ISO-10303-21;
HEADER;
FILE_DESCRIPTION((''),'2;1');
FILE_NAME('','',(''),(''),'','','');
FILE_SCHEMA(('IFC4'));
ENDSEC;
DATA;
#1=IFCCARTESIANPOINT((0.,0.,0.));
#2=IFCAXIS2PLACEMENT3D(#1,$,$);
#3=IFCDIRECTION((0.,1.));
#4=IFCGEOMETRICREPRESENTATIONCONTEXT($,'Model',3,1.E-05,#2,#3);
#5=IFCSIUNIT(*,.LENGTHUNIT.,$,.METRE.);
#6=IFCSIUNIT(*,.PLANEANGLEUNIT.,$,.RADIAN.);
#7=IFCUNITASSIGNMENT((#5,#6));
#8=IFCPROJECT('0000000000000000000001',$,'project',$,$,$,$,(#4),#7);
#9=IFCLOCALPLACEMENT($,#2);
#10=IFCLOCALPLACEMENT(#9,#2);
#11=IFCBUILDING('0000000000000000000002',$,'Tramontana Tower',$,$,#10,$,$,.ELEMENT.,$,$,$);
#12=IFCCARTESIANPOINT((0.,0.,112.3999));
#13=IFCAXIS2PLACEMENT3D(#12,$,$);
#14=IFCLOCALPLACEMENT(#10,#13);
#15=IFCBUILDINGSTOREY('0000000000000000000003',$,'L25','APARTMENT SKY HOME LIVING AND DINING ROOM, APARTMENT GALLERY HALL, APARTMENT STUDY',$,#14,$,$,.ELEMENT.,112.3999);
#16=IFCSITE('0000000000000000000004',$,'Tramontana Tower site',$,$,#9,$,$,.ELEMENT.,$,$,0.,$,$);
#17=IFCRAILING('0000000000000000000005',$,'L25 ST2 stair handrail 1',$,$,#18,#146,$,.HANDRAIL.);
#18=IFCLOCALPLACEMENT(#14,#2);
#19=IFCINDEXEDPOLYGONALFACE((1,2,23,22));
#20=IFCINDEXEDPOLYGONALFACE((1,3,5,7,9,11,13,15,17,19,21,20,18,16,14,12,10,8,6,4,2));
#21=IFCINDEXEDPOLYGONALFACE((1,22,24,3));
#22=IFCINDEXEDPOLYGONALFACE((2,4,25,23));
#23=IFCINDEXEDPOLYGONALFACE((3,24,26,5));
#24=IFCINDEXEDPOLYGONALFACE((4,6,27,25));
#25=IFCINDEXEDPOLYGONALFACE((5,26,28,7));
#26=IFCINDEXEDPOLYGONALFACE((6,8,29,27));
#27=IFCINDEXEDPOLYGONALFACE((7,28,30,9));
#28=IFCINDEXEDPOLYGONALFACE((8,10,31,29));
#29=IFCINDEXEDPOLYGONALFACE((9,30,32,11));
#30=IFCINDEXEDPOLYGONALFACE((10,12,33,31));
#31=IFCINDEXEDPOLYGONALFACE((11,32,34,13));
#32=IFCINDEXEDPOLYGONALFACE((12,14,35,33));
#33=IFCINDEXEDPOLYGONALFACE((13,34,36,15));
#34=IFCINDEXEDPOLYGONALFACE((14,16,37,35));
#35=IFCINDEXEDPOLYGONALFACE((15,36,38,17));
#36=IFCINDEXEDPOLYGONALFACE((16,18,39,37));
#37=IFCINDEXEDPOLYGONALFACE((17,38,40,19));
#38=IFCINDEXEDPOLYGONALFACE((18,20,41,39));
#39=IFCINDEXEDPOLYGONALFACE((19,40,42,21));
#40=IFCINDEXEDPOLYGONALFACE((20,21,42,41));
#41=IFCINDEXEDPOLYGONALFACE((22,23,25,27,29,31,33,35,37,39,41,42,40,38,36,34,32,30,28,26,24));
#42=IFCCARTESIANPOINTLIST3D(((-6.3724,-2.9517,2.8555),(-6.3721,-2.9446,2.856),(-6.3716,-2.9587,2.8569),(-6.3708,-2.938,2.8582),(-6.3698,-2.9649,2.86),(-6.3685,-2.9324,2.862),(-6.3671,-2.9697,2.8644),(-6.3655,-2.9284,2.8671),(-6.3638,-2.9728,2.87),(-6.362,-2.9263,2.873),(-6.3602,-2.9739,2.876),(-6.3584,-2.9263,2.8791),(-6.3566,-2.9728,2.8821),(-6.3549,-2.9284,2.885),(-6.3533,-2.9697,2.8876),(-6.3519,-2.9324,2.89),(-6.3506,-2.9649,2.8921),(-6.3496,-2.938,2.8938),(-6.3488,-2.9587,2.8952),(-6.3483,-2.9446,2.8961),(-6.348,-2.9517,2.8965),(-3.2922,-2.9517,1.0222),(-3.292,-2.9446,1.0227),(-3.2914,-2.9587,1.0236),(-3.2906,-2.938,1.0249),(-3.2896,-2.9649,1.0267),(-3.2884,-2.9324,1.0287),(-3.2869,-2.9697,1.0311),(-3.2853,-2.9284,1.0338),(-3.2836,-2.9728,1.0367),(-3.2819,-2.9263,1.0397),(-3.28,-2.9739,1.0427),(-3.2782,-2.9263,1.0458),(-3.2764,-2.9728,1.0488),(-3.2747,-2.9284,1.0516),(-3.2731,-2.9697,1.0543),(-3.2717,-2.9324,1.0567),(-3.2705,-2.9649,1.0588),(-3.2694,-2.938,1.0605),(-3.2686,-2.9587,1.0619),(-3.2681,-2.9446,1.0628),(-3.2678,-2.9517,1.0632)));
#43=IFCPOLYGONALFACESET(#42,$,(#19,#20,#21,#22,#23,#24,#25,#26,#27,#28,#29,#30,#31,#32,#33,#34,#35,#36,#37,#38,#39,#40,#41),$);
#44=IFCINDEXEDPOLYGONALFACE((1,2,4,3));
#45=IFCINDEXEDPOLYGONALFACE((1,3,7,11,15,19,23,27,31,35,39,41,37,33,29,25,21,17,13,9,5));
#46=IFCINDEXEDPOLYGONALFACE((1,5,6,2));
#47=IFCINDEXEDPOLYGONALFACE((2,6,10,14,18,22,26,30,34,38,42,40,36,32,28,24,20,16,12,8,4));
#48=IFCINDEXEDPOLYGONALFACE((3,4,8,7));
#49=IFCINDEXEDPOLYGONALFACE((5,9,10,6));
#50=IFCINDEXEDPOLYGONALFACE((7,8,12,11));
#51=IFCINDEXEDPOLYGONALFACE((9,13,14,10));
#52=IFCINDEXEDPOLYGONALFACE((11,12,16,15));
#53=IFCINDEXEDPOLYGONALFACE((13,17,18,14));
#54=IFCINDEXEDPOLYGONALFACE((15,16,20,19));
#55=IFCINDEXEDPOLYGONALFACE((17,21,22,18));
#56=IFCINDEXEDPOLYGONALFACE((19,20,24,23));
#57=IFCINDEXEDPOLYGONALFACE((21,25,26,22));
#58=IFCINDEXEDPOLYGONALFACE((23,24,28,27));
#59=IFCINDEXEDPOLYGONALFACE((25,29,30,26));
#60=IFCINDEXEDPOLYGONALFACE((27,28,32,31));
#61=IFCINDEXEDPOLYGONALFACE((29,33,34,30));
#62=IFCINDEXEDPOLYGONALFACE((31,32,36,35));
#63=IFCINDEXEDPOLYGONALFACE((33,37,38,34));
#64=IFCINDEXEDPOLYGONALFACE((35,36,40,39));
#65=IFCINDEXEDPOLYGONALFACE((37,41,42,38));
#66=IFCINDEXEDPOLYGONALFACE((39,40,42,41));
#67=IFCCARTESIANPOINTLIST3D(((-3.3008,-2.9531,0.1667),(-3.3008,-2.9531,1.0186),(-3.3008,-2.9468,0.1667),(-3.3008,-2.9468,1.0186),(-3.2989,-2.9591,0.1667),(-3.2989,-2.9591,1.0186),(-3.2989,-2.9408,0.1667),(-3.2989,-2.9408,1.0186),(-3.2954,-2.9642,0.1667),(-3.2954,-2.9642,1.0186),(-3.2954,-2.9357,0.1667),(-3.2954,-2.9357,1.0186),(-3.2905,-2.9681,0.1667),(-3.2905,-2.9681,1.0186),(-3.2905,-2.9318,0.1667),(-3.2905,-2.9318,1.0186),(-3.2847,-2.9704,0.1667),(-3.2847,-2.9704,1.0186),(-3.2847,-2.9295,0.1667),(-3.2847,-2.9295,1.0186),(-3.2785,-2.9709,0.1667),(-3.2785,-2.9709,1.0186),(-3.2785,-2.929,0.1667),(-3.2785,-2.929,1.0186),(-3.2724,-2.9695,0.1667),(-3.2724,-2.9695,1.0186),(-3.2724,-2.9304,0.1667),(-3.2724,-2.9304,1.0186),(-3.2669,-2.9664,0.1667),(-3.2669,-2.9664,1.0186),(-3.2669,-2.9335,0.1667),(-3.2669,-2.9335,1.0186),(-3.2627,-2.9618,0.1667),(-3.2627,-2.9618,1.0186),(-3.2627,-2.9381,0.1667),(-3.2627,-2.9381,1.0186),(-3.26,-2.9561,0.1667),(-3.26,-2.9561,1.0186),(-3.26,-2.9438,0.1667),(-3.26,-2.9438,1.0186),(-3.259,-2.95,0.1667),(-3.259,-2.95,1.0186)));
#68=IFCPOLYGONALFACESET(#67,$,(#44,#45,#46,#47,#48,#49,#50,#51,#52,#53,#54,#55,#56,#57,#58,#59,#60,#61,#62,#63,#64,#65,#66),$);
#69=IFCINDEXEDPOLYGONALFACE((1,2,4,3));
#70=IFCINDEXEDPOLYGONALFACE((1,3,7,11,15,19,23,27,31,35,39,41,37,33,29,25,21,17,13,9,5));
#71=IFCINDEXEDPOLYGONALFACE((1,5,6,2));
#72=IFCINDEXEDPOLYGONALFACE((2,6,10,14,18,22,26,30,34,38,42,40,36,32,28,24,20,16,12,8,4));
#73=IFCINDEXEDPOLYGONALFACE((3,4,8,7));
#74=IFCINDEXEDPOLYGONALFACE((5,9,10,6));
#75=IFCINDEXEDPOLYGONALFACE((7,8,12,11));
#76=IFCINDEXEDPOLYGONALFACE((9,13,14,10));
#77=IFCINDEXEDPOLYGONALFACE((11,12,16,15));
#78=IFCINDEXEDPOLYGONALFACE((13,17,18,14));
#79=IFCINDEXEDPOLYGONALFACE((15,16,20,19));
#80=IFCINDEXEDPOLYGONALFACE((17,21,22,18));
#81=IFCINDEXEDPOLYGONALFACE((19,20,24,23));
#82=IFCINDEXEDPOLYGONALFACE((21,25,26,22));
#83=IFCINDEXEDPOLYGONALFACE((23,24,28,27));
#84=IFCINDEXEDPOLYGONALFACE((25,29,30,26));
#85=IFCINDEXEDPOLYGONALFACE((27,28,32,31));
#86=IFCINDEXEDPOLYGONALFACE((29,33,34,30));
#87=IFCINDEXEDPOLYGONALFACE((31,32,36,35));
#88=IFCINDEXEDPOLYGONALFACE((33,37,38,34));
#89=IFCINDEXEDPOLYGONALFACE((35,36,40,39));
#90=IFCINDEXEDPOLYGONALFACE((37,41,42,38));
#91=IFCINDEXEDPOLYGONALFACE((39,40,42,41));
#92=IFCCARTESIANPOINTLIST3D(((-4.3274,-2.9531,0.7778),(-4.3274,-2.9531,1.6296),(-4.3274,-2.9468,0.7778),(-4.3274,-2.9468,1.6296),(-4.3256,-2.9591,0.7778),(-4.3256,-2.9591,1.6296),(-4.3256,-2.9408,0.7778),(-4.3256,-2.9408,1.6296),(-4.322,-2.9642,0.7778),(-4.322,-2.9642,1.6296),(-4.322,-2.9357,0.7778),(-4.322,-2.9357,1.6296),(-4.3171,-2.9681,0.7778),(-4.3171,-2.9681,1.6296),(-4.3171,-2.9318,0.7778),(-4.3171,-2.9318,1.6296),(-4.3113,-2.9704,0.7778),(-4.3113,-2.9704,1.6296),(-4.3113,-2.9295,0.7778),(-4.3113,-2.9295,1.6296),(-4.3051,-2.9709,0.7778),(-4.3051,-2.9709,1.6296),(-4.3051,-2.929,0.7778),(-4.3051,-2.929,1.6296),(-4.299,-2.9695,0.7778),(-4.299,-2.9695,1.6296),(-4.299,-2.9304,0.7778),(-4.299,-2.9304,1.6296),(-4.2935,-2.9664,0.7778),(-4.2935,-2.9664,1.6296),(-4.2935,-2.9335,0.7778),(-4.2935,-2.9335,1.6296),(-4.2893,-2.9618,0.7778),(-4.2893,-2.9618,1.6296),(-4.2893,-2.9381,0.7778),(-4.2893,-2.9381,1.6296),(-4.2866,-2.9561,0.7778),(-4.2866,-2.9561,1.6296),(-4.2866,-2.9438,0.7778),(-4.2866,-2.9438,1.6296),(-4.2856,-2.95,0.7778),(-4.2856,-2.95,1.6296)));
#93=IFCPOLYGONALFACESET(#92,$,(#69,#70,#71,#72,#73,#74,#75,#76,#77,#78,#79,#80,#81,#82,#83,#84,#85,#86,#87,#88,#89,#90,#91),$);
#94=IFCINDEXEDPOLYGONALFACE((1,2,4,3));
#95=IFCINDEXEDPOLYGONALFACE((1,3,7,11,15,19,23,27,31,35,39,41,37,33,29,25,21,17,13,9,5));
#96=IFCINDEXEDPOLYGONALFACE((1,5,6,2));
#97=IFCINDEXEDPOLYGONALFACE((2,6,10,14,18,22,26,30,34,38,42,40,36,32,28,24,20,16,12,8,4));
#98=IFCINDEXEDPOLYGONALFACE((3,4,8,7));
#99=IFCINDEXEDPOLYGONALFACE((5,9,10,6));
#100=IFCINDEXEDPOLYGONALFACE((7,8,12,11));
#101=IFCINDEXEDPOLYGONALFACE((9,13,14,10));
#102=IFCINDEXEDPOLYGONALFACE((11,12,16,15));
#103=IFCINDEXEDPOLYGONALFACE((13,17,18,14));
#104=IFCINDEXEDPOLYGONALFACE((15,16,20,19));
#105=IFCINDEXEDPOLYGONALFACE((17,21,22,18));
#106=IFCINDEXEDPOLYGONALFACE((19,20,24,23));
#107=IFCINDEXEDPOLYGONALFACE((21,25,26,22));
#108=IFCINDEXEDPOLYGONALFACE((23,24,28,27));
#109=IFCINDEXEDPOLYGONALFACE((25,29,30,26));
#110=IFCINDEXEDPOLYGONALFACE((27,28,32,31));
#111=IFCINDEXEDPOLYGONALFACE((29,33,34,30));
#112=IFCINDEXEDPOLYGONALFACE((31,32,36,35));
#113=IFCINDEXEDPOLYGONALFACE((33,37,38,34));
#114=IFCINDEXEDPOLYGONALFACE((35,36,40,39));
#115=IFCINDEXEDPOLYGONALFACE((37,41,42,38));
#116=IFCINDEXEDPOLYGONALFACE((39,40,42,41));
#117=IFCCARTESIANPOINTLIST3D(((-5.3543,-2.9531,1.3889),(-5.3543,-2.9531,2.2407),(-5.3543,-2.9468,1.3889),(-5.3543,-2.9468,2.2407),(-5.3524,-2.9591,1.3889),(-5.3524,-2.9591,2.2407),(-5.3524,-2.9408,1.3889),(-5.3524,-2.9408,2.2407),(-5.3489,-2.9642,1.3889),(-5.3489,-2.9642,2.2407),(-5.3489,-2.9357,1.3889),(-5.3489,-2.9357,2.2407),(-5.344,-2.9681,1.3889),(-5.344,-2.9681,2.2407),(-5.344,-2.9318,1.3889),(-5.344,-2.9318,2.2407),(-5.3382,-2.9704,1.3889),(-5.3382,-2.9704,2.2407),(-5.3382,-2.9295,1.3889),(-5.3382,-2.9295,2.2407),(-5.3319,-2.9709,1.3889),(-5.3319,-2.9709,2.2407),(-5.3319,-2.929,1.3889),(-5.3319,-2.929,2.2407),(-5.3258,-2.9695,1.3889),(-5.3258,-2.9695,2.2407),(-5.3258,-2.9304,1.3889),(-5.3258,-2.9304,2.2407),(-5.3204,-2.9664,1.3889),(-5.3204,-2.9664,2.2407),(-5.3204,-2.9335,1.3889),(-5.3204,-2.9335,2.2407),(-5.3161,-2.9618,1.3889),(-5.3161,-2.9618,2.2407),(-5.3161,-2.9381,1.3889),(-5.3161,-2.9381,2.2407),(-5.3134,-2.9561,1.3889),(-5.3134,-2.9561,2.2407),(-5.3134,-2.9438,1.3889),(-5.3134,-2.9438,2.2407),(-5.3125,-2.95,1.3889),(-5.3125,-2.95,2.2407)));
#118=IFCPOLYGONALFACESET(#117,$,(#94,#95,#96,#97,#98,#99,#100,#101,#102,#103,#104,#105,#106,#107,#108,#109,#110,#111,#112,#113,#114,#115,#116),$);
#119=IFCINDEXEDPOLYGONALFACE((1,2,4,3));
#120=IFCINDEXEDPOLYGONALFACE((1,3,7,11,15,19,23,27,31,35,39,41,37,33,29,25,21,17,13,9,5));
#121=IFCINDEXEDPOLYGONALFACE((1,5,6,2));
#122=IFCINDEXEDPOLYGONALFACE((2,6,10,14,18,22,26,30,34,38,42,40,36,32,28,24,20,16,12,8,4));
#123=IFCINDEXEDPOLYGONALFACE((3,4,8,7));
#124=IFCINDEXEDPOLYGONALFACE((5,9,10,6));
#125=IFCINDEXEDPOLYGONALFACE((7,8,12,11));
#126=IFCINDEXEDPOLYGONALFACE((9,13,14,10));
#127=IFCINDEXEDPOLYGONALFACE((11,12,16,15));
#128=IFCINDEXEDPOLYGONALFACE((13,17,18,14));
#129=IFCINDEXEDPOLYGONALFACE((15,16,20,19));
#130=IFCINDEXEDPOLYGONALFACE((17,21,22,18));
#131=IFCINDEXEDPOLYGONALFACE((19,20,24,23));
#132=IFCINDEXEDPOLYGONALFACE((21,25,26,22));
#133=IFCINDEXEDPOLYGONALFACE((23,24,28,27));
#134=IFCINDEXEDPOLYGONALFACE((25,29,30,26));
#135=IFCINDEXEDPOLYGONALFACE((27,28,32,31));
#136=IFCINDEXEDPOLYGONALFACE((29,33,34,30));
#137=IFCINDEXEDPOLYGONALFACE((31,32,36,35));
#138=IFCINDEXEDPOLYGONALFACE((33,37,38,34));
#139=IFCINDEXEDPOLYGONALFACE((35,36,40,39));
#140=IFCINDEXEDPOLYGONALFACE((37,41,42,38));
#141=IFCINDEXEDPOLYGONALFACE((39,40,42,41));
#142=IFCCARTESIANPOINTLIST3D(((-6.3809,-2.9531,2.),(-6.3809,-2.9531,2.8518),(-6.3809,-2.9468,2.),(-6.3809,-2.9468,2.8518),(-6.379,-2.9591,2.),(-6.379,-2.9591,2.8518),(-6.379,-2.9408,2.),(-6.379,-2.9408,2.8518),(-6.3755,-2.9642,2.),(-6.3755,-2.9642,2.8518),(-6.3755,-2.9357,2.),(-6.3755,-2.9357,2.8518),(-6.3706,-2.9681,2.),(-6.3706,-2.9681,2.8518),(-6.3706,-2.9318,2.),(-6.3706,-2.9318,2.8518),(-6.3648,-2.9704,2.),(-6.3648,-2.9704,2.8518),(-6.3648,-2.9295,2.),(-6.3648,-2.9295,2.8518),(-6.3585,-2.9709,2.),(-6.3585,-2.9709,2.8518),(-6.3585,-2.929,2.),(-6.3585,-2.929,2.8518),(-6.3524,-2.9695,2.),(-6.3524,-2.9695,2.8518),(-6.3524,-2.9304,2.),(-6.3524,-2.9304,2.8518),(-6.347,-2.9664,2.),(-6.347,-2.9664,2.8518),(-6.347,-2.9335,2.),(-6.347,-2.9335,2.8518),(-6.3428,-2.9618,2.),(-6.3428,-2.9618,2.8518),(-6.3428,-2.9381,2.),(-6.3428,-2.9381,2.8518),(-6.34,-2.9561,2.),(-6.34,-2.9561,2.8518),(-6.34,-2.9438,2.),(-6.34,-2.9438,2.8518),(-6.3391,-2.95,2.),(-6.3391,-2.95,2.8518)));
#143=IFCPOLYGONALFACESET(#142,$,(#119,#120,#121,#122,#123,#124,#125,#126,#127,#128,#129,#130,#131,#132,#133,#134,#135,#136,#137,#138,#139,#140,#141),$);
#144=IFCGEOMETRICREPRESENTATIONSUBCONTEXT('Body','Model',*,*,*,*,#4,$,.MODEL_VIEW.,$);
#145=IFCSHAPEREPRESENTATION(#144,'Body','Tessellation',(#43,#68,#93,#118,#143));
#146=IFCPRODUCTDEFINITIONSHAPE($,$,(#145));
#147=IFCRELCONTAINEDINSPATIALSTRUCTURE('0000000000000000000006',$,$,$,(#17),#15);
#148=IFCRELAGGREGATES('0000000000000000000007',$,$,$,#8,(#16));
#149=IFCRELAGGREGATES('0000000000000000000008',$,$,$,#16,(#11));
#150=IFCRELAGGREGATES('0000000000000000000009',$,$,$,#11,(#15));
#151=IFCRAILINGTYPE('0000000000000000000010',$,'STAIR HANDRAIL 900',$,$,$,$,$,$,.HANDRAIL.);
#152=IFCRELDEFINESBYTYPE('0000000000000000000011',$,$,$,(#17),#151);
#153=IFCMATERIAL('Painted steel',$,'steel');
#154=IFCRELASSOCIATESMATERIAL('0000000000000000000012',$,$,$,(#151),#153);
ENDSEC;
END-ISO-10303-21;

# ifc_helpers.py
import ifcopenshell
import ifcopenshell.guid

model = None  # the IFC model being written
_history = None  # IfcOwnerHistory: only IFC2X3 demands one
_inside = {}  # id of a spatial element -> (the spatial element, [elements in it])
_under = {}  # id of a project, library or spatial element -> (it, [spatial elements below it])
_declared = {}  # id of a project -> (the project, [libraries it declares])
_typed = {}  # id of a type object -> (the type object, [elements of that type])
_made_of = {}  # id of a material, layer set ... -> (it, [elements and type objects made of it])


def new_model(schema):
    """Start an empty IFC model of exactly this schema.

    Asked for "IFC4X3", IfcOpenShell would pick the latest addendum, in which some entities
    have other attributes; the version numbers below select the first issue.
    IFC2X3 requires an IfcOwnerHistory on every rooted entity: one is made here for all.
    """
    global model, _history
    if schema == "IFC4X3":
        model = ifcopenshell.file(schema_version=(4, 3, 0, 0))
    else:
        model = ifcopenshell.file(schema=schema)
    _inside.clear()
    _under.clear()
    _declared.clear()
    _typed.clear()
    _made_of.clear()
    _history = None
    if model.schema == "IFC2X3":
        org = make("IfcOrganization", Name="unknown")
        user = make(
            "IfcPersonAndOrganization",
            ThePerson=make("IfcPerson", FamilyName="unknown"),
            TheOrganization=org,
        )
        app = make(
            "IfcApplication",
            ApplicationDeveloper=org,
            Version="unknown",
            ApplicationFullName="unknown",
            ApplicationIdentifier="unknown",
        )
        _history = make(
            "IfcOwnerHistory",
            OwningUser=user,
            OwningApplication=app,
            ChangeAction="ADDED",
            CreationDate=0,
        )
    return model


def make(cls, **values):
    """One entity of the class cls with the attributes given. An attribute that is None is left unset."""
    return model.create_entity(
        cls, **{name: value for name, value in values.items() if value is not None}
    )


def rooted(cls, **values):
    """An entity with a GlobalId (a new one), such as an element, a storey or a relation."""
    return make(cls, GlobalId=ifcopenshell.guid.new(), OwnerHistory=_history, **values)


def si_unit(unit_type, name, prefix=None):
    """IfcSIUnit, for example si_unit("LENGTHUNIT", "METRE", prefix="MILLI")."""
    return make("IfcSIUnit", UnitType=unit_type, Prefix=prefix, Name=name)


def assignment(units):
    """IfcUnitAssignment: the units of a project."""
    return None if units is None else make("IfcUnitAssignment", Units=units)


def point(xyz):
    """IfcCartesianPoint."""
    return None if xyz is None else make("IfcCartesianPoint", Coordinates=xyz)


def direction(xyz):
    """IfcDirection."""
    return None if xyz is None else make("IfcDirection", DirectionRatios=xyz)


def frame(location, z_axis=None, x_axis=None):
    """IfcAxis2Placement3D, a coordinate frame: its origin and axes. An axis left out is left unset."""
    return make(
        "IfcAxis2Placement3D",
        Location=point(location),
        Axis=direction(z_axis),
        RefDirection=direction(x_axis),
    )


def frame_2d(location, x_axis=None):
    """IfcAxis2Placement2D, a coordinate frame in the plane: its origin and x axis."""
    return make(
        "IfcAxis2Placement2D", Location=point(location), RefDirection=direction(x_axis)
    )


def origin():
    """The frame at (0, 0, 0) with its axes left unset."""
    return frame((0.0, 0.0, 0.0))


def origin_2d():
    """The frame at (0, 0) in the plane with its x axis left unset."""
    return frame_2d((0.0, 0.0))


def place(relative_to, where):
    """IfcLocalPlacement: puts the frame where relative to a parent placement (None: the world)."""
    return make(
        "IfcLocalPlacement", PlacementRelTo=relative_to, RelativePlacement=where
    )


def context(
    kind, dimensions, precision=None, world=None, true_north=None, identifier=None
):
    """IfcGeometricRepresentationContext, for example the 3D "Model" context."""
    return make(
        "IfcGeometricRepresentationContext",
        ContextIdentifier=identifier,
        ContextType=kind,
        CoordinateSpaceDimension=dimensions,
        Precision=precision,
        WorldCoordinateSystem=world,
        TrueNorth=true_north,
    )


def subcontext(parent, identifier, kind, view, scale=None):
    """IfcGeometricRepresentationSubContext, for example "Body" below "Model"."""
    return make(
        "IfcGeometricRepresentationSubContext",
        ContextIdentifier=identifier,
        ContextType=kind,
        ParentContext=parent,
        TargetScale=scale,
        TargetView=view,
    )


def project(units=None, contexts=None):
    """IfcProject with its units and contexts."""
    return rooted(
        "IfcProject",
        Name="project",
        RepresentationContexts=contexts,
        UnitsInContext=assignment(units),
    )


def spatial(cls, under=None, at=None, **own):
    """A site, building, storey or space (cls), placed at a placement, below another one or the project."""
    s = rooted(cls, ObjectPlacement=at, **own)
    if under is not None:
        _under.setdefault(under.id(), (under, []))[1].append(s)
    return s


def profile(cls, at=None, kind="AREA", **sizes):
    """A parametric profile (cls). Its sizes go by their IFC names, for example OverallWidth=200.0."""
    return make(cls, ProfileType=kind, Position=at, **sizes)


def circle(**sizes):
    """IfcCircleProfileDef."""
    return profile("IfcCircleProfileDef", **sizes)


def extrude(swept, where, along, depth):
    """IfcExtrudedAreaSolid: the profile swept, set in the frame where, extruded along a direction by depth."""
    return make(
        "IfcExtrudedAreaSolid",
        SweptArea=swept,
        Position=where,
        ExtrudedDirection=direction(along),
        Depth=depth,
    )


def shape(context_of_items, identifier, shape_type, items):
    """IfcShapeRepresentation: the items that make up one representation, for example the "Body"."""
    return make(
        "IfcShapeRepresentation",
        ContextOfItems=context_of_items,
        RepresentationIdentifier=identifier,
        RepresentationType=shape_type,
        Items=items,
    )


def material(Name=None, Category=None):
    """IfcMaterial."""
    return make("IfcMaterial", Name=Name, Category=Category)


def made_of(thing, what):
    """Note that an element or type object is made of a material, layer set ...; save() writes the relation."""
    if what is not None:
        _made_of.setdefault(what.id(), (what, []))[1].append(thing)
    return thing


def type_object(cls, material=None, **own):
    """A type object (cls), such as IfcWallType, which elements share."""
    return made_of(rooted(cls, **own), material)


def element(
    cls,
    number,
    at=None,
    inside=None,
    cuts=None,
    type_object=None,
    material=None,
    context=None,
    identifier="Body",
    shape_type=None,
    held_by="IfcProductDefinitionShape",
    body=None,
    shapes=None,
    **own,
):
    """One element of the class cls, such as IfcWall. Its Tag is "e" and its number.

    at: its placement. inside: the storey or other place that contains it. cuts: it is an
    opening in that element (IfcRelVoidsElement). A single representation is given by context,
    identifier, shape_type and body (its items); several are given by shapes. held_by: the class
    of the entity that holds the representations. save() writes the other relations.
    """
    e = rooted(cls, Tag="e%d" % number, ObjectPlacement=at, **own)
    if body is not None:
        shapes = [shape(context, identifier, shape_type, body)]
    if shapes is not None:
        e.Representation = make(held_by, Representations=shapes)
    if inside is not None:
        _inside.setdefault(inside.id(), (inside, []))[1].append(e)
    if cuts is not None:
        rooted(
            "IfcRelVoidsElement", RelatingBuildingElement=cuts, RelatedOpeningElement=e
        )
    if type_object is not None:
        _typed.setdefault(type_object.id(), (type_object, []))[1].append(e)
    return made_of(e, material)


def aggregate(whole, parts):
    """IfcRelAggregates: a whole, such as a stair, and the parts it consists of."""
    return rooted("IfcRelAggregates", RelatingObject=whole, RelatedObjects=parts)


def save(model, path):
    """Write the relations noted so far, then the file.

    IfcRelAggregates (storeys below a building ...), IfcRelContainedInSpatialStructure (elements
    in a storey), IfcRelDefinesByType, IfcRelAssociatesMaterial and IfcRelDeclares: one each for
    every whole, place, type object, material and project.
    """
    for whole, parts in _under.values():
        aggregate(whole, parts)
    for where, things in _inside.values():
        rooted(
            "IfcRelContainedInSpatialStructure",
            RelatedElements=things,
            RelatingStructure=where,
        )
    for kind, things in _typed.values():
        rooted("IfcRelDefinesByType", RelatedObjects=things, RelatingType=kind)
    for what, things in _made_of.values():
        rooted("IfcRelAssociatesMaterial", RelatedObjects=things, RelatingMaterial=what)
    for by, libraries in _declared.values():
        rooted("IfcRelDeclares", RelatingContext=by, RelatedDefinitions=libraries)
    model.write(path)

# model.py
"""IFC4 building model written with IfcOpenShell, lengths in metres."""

from ifc_helpers import new_model, si_unit, direction, frame, origin, origin_2d, place, context, subcontext, project, spatial, circle, extrude, material, type_object, element, save


model = new_model("IFC4")

# Units and contexts
model_context = context("Model", 3, precision=1e-05, world=origin(), true_north=direction((0.0, 1.0)))
body_context = subcontext(model_context, "Body", "Model", "MODEL_VIEW")
ifc_project = project(units=[si_unit("LENGTHUNIT", "METRE"), si_unit("PLANEANGLEUNIT", "RADIAN")], contexts=[model_context])

# Site, building, storey
site_placement = place(None, origin())
site = spatial("IfcSite", under=ifc_project, at=site_placement, Name="Tramontana Tower site", CompositionType="ELEMENT", RefElevation=0.0)
building_placement = place(site_placement, origin())
building = spatial("IfcBuilding", under=site, at=building_placement, Name="Tramontana Tower", CompositionType="ELEMENT")
storey_placement = place(building_placement, frame((0.0, 0.0, 112.3999)))
storey = spatial("IfcBuildingStorey", under=building, at=storey_placement, Name="L25", Description="APARTMENT SKY HOME LIVING AND DINING ROOM, APARTMENT GALLERY HALL, APARTMENT STUDY", CompositionType="ELEMENT", Elevation=112.3999)

# Railing
ifc_material_1 = material(Name="Painted steel", Category="steel")
railing_type_1 = type_object("IfcRailingType", Name="STAIR HANDRAIL 900", PredefinedType="HANDRAIL", material=ifc_material_1)
railing_1_placement = place(storey_placement, frame((-3.28, -2.95, 0.1667)))
element("IfcRailing", 1, at=railing_1_placement, inside=storey, type_object=railing_type_1, Name="L25 ST2 stair handrail 1", PredefinedType="HANDRAIL", context=body_context, shape_type="SweptSolid", body=[
    extrude(circle(Radius=0.0239, at=origin_2d()), frame((0.0, 0.0, 0.876), z_axis=(-0.859309, 0.0, 0.511458), x_axis=(0.0, -1.0, 0.0)), (0.0, 0.0, 1.0), 3.5845),
    extrude(circle(Radius=0.021, at=origin_2d()), origin(), (0.0, 0.0, 1.0), 0.8518),
    extrude(circle(Radius=0.021, at=origin_2d()), frame((-1.0266, 0.0, 0.6111)), (0.0, 0.0, 1.0), 0.8518),
    extrude(circle(Radius=0.021, at=origin_2d()), frame((-2.0535, 0.0, 1.2222)), (0.0, 0.0, 1.0), 0.8518),
    extrude(circle(Radius=0.021, at=origin_2d()), frame((-3.0801, 0.0, 1.8333)), (0.0, 0.0, 1.0), 0.8518),
])

save(model, "model.ifc")
